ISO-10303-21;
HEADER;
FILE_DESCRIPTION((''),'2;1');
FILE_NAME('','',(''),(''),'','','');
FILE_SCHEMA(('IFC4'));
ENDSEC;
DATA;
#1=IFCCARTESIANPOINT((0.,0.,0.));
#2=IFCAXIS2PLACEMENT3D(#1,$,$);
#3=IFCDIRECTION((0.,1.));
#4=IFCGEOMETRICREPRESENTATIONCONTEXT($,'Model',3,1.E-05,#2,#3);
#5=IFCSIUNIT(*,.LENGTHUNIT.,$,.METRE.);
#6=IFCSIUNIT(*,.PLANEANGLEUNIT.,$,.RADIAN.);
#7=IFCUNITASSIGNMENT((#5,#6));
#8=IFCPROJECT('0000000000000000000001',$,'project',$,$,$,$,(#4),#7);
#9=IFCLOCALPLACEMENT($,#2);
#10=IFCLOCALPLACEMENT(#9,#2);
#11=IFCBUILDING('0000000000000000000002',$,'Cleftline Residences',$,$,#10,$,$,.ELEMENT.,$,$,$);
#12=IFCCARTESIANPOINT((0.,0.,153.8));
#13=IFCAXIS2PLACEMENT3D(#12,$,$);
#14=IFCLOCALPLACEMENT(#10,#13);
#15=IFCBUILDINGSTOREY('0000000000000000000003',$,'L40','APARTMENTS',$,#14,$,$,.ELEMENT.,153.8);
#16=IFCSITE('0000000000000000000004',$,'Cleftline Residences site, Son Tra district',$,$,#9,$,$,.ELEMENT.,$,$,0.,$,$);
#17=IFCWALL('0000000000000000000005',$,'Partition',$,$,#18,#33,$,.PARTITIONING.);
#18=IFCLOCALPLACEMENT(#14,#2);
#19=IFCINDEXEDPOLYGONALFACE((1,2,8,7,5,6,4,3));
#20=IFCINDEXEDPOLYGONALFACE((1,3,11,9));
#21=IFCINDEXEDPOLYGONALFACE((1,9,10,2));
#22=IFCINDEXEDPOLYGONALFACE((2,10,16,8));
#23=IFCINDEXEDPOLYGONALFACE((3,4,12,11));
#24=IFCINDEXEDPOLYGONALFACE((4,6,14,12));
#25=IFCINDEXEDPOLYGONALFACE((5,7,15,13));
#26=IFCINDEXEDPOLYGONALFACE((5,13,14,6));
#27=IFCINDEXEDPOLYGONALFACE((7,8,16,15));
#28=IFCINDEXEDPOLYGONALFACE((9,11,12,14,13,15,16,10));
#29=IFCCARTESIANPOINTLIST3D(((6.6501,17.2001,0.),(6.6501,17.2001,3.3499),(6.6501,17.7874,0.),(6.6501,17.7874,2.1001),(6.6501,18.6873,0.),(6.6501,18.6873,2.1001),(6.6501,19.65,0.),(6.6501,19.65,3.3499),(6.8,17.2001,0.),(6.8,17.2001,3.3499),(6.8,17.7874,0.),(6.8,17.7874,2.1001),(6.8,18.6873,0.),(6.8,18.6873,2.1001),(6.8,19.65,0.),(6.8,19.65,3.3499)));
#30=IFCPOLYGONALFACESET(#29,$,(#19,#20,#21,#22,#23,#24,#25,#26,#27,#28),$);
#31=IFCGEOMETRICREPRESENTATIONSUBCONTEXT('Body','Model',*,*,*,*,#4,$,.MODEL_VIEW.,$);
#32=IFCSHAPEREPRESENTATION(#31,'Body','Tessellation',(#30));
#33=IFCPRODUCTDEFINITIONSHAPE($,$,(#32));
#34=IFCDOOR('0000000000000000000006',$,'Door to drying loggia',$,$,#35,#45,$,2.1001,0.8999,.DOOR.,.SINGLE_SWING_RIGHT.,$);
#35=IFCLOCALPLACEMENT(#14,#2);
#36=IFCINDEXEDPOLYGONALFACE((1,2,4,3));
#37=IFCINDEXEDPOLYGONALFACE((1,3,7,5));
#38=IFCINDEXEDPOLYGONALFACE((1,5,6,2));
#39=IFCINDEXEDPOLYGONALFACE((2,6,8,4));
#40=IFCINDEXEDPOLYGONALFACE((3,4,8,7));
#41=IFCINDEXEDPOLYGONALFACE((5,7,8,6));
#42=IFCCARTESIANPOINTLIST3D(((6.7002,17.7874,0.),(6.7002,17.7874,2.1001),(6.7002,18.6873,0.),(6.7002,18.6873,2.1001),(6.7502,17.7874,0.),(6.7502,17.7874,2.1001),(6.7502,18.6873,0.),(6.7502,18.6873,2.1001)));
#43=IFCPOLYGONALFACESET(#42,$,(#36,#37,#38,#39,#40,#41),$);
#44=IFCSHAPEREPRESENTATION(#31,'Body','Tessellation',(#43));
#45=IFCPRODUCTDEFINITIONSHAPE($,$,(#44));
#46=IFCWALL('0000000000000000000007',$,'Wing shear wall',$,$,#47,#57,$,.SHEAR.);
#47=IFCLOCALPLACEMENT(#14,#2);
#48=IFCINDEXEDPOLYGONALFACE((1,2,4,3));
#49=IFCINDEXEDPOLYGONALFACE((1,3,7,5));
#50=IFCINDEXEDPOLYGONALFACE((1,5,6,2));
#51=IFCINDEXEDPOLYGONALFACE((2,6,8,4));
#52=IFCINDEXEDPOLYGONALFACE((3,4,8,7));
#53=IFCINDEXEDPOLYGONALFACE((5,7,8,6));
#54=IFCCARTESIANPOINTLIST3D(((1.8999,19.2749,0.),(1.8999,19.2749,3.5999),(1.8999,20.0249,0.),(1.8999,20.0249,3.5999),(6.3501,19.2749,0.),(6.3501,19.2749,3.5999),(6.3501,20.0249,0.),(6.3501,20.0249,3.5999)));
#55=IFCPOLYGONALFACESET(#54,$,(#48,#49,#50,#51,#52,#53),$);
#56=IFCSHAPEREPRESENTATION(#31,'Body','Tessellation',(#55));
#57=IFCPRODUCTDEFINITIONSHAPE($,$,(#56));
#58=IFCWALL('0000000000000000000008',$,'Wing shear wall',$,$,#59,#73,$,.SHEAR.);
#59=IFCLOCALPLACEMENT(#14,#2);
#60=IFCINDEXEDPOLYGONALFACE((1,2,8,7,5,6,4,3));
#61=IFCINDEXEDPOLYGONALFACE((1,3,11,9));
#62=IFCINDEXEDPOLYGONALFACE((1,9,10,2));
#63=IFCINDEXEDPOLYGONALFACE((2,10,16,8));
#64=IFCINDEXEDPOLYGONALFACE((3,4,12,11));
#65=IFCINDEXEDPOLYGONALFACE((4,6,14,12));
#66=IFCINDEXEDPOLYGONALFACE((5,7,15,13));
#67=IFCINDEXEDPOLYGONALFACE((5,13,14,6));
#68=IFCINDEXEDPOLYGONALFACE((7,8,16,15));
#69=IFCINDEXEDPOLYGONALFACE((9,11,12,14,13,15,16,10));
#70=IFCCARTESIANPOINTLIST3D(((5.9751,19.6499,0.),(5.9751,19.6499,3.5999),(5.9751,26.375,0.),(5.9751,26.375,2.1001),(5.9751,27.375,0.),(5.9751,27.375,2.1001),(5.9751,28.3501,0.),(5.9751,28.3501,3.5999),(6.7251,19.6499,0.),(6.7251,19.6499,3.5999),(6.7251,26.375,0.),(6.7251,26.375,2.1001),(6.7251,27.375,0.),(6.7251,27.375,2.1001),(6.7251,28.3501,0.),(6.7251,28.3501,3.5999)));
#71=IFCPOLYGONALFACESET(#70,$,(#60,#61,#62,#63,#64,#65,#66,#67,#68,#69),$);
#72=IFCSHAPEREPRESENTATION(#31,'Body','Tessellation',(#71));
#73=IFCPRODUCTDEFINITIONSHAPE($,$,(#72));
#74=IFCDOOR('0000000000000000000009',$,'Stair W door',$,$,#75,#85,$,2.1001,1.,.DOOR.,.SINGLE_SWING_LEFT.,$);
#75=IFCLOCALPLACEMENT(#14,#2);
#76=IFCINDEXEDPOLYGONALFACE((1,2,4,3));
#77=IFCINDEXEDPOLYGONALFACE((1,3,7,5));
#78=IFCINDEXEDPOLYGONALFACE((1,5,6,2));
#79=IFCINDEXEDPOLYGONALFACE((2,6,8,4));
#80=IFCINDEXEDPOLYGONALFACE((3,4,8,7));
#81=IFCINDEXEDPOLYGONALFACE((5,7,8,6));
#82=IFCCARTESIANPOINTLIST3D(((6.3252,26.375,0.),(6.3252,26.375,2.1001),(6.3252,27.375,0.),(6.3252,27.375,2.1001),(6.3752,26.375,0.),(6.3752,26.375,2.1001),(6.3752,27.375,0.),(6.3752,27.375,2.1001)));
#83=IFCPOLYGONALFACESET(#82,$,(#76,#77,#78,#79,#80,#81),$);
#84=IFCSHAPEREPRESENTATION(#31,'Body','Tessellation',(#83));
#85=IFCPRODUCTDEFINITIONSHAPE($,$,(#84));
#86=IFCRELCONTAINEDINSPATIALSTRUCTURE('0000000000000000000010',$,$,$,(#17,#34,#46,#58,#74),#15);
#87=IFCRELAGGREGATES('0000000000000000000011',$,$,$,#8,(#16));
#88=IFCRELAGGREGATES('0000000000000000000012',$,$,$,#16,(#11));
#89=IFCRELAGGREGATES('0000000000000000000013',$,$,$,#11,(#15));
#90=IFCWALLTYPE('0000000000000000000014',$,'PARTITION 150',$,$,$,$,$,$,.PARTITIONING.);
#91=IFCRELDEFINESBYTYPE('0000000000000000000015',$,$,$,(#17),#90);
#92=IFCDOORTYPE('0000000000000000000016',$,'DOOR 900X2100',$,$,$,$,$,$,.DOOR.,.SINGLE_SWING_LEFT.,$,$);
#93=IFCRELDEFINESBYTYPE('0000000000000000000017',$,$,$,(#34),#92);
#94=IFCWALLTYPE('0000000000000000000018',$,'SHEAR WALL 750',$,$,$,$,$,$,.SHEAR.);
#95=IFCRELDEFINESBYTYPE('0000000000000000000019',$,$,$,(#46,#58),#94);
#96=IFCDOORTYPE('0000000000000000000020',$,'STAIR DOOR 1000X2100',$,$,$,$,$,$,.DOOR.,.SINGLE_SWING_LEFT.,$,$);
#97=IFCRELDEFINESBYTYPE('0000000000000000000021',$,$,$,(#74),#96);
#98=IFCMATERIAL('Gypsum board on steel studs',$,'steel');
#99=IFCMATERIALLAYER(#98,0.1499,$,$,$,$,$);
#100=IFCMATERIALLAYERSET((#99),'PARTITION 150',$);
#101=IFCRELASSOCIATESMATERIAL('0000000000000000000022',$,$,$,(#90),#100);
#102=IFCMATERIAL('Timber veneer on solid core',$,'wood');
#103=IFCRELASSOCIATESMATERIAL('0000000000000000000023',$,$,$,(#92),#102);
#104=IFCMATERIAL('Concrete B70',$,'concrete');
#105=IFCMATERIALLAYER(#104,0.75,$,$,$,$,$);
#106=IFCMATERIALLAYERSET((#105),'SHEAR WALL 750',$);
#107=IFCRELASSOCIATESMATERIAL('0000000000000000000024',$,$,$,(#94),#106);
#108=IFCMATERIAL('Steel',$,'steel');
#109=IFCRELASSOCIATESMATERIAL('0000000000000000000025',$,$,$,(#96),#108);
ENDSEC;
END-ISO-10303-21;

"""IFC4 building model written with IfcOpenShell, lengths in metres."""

from ifc_helpers import new_model, si_unit, direction, frame, frame_2d, origin, place, context, subcontext, project, spatial, rectangle, extrude, material, layer, layer_set, type_object, element, fill, save


model = new_model("IFC4")

# Units and contexts
model_context = context("Model", 3, precision=1e-05, world=origin(), true_north=direction((0.0, 1.0)))
body_context = subcontext(model_context, "Body", "Model", "MODEL_VIEW")
ifc_project = project(units=[si_unit("LENGTHUNIT", "METRE"), si_unit("PLANEANGLEUNIT", "RADIAN")], contexts=[model_context])

# Site, building, storey
site_placement = place(None, origin())
site = spatial("IfcSite", under=ifc_project, at=site_placement, Name="Cleftline Residences site, Son Tra district", CompositionType="ELEMENT", RefElevation=0.0)
building_placement = place(site_placement, origin())
building = spatial("IfcBuilding", under=site, at=building_placement, Name="Cleftline Residences", CompositionType="ELEMENT")
storey_placement = place(building_placement, frame((0.0, 0.0, 153.8)))
storey = spatial("IfcBuildingStorey", under=building, at=storey_placement, Name="L40", Description="APARTMENTS", CompositionType="ELEMENT", Elevation=153.8)

# Shared definitions
ifc_material_1 = material(Name="Gypsum board on steel studs", Category="steel")
ifc_layer_1 = layer(ifc_material_1, 0.1499)
ifc_layer_set_1 = layer_set([ifc_layer_1], Name="PARTITION 150")
wall_type_1 = type_object("IfcWallType", Name="PARTITION 150", PredefinedType="PARTITIONING", material=ifc_layer_set_1)

# Shared definitions
ifc_material_2 = material(Name="Timber veneer on solid core", Category="wood")
door_type_1 = type_object("IfcDoorType", Name="DOOR 900X2100", OperationType="SINGLE_SWING_LEFT", PredefinedType="DOOR", material=ifc_material_2)

# Wall, opening, door
wall_1_placement = place(storey_placement, frame((6.7251, 17.2, 0.0), z_axis=(0.0, 0.0, 1.0), x_axis=(0.0, 1.0, 0.0)))
wall_1 = element("IfcWall", 1, at=wall_1_placement, inside=storey, type_object=wall_type_1, Name="Partition", PredefinedType="PARTITIONING", context=body_context, shape_type="SweptSolid", body=[
    extrude(rectangle(XDim=2.45, YDim=0.1499, at=frame_2d((1.2251, 0.0))), origin(), (0.0, 0.0, 1.0), 3.3499),
])
opening_1_placement = place(wall_1_placement, frame((0.5874, 0.0, 0.0)))
opening_1 = element("IfcOpeningElement", 2, at=opening_1_placement, cuts=wall_1, PredefinedType="OPENING", context=body_context, shape_type="SweptSolid", body=[
    extrude(rectangle(XDim=0.8999, YDim=2.1001, at=frame_2d((0.45, 1.05))), frame((0.0, 0.085, 0.0), z_axis=(0.0, -1.0, 0.0), x_axis=(1.0, 0.0, 0.0)), (0.0, 0.0, 1.0), 0.1699),
])
door_1_placement = place(opening_1_placement, origin())
door_1 = element("IfcDoor", 3, at=door_1_placement, inside=storey, type_object=door_type_1, Name="Door to drying loggia", OperationType="SINGLE_SWING_RIGHT", OverallHeight=2.1001, OverallWidth=0.8999, PredefinedType="DOOR", context=body_context, shape_type="SweptSolid", body=[
    extrude(rectangle(XDim=0.8999, YDim=2.1001, at=frame_2d((0.45, 1.05))), frame((0.0, 0.0249, 0.0), z_axis=(0.0, -1.0, 0.0), x_axis=(1.0, 0.0, 0.0)), (0.0, 0.0, 1.0), 0.05),
])
fill(opening_1, door_1)

# Wall
ifc_material_3 = material(Name="Concrete B70", Category="concrete")
ifc_layer_2 = layer(ifc_material_3, 0.75)
ifc_layer_set_2 = layer_set([ifc_layer_2], Name="SHEAR WALL 750")
wall_type_2 = type_object("IfcWallType", Name="SHEAR WALL 750", PredefinedType="SHEAR", material=ifc_layer_set_2)
wall_2_placement = place(storey_placement, frame((1.8999, 19.6499, 0.0), z_axis=(0.0, 0.0, 1.0), x_axis=(1.0, 0.0, 0.0)))
element("IfcWall", 4, at=wall_2_placement, inside=storey, type_object=wall_type_2, Name="Wing shear wall", PredefinedType="SHEAR", context=body_context, shape_type="SweptSolid", body=[
    extrude(rectangle(XDim=4.4502, YDim=0.75, at=frame_2d((2.2251, 0.0))), origin(), (0.0, 0.0, 1.0), 3.5999),
])

# Wall, opening, door
wall_3_placement = place(storey_placement, frame((6.3501, 19.6499, 0.0), z_axis=(0.0, 0.0, 1.0), x_axis=(0.0, 1.0, 0.0)))
wall_3 = element("IfcWall", 5, at=wall_3_placement, inside=storey, type_object=wall_type_2, Name="Wing shear wall", PredefinedType="SHEAR", context=body_context, shape_type="SweptSolid", body=[
    extrude(rectangle(XDim=8.7002, YDim=0.75, at=frame_2d((4.3501, 0.0))), origin(), (0.0, 0.0, 1.0), 3.5999),
])
opening_2_placement = place(wall_3_placement, frame((6.7251, 0.0, 0.0)))
opening_2 = element("IfcOpeningElement", 6, at=opening_2_placement, cuts=wall_3, PredefinedType="OPENING", context=body_context, shape_type="SweptSolid", body=[
    extrude(rectangle(XDim=1.0, YDim=2.1001, at=frame_2d((0.5, 1.05))), frame((0.0, 0.385, 0.0), z_axis=(0.0, -1.0, 0.0), x_axis=(1.0, 0.0, 0.0)), (0.0, 0.0, 1.0), 0.77),
])
ifc_material_4 = material(Name="Steel", Category="steel")
door_type_2 = type_object("IfcDoorType", Name="STAIR DOOR 1000X2100", OperationType="SINGLE_SWING_LEFT", PredefinedType="DOOR", material=ifc_material_4)
door_2_placement = place(opening_2_placement, origin())
door_2 = element("IfcDoor", 7, at=door_2_placement, inside=storey, type_object=door_type_2, Name="Stair W door", OperationType="SINGLE_SWING_LEFT", OverallHeight=2.1001, OverallWidth=1.0, PredefinedType="DOOR", context=body_context, shape_type="SweptSolid", body=[
    extrude(rectangle(XDim=1.0, YDim=2.1001, at=frame_2d((0.5, 1.05))), frame((0.0, 0.0249, 0.0), z_axis=(0.0, -1.0, 0.0), x_axis=(1.0, 0.0, 0.0)), (0.0, 0.0, 1.0), 0.05),
])
fill(opening_2, door_2)

save(model, "model.ifc")
